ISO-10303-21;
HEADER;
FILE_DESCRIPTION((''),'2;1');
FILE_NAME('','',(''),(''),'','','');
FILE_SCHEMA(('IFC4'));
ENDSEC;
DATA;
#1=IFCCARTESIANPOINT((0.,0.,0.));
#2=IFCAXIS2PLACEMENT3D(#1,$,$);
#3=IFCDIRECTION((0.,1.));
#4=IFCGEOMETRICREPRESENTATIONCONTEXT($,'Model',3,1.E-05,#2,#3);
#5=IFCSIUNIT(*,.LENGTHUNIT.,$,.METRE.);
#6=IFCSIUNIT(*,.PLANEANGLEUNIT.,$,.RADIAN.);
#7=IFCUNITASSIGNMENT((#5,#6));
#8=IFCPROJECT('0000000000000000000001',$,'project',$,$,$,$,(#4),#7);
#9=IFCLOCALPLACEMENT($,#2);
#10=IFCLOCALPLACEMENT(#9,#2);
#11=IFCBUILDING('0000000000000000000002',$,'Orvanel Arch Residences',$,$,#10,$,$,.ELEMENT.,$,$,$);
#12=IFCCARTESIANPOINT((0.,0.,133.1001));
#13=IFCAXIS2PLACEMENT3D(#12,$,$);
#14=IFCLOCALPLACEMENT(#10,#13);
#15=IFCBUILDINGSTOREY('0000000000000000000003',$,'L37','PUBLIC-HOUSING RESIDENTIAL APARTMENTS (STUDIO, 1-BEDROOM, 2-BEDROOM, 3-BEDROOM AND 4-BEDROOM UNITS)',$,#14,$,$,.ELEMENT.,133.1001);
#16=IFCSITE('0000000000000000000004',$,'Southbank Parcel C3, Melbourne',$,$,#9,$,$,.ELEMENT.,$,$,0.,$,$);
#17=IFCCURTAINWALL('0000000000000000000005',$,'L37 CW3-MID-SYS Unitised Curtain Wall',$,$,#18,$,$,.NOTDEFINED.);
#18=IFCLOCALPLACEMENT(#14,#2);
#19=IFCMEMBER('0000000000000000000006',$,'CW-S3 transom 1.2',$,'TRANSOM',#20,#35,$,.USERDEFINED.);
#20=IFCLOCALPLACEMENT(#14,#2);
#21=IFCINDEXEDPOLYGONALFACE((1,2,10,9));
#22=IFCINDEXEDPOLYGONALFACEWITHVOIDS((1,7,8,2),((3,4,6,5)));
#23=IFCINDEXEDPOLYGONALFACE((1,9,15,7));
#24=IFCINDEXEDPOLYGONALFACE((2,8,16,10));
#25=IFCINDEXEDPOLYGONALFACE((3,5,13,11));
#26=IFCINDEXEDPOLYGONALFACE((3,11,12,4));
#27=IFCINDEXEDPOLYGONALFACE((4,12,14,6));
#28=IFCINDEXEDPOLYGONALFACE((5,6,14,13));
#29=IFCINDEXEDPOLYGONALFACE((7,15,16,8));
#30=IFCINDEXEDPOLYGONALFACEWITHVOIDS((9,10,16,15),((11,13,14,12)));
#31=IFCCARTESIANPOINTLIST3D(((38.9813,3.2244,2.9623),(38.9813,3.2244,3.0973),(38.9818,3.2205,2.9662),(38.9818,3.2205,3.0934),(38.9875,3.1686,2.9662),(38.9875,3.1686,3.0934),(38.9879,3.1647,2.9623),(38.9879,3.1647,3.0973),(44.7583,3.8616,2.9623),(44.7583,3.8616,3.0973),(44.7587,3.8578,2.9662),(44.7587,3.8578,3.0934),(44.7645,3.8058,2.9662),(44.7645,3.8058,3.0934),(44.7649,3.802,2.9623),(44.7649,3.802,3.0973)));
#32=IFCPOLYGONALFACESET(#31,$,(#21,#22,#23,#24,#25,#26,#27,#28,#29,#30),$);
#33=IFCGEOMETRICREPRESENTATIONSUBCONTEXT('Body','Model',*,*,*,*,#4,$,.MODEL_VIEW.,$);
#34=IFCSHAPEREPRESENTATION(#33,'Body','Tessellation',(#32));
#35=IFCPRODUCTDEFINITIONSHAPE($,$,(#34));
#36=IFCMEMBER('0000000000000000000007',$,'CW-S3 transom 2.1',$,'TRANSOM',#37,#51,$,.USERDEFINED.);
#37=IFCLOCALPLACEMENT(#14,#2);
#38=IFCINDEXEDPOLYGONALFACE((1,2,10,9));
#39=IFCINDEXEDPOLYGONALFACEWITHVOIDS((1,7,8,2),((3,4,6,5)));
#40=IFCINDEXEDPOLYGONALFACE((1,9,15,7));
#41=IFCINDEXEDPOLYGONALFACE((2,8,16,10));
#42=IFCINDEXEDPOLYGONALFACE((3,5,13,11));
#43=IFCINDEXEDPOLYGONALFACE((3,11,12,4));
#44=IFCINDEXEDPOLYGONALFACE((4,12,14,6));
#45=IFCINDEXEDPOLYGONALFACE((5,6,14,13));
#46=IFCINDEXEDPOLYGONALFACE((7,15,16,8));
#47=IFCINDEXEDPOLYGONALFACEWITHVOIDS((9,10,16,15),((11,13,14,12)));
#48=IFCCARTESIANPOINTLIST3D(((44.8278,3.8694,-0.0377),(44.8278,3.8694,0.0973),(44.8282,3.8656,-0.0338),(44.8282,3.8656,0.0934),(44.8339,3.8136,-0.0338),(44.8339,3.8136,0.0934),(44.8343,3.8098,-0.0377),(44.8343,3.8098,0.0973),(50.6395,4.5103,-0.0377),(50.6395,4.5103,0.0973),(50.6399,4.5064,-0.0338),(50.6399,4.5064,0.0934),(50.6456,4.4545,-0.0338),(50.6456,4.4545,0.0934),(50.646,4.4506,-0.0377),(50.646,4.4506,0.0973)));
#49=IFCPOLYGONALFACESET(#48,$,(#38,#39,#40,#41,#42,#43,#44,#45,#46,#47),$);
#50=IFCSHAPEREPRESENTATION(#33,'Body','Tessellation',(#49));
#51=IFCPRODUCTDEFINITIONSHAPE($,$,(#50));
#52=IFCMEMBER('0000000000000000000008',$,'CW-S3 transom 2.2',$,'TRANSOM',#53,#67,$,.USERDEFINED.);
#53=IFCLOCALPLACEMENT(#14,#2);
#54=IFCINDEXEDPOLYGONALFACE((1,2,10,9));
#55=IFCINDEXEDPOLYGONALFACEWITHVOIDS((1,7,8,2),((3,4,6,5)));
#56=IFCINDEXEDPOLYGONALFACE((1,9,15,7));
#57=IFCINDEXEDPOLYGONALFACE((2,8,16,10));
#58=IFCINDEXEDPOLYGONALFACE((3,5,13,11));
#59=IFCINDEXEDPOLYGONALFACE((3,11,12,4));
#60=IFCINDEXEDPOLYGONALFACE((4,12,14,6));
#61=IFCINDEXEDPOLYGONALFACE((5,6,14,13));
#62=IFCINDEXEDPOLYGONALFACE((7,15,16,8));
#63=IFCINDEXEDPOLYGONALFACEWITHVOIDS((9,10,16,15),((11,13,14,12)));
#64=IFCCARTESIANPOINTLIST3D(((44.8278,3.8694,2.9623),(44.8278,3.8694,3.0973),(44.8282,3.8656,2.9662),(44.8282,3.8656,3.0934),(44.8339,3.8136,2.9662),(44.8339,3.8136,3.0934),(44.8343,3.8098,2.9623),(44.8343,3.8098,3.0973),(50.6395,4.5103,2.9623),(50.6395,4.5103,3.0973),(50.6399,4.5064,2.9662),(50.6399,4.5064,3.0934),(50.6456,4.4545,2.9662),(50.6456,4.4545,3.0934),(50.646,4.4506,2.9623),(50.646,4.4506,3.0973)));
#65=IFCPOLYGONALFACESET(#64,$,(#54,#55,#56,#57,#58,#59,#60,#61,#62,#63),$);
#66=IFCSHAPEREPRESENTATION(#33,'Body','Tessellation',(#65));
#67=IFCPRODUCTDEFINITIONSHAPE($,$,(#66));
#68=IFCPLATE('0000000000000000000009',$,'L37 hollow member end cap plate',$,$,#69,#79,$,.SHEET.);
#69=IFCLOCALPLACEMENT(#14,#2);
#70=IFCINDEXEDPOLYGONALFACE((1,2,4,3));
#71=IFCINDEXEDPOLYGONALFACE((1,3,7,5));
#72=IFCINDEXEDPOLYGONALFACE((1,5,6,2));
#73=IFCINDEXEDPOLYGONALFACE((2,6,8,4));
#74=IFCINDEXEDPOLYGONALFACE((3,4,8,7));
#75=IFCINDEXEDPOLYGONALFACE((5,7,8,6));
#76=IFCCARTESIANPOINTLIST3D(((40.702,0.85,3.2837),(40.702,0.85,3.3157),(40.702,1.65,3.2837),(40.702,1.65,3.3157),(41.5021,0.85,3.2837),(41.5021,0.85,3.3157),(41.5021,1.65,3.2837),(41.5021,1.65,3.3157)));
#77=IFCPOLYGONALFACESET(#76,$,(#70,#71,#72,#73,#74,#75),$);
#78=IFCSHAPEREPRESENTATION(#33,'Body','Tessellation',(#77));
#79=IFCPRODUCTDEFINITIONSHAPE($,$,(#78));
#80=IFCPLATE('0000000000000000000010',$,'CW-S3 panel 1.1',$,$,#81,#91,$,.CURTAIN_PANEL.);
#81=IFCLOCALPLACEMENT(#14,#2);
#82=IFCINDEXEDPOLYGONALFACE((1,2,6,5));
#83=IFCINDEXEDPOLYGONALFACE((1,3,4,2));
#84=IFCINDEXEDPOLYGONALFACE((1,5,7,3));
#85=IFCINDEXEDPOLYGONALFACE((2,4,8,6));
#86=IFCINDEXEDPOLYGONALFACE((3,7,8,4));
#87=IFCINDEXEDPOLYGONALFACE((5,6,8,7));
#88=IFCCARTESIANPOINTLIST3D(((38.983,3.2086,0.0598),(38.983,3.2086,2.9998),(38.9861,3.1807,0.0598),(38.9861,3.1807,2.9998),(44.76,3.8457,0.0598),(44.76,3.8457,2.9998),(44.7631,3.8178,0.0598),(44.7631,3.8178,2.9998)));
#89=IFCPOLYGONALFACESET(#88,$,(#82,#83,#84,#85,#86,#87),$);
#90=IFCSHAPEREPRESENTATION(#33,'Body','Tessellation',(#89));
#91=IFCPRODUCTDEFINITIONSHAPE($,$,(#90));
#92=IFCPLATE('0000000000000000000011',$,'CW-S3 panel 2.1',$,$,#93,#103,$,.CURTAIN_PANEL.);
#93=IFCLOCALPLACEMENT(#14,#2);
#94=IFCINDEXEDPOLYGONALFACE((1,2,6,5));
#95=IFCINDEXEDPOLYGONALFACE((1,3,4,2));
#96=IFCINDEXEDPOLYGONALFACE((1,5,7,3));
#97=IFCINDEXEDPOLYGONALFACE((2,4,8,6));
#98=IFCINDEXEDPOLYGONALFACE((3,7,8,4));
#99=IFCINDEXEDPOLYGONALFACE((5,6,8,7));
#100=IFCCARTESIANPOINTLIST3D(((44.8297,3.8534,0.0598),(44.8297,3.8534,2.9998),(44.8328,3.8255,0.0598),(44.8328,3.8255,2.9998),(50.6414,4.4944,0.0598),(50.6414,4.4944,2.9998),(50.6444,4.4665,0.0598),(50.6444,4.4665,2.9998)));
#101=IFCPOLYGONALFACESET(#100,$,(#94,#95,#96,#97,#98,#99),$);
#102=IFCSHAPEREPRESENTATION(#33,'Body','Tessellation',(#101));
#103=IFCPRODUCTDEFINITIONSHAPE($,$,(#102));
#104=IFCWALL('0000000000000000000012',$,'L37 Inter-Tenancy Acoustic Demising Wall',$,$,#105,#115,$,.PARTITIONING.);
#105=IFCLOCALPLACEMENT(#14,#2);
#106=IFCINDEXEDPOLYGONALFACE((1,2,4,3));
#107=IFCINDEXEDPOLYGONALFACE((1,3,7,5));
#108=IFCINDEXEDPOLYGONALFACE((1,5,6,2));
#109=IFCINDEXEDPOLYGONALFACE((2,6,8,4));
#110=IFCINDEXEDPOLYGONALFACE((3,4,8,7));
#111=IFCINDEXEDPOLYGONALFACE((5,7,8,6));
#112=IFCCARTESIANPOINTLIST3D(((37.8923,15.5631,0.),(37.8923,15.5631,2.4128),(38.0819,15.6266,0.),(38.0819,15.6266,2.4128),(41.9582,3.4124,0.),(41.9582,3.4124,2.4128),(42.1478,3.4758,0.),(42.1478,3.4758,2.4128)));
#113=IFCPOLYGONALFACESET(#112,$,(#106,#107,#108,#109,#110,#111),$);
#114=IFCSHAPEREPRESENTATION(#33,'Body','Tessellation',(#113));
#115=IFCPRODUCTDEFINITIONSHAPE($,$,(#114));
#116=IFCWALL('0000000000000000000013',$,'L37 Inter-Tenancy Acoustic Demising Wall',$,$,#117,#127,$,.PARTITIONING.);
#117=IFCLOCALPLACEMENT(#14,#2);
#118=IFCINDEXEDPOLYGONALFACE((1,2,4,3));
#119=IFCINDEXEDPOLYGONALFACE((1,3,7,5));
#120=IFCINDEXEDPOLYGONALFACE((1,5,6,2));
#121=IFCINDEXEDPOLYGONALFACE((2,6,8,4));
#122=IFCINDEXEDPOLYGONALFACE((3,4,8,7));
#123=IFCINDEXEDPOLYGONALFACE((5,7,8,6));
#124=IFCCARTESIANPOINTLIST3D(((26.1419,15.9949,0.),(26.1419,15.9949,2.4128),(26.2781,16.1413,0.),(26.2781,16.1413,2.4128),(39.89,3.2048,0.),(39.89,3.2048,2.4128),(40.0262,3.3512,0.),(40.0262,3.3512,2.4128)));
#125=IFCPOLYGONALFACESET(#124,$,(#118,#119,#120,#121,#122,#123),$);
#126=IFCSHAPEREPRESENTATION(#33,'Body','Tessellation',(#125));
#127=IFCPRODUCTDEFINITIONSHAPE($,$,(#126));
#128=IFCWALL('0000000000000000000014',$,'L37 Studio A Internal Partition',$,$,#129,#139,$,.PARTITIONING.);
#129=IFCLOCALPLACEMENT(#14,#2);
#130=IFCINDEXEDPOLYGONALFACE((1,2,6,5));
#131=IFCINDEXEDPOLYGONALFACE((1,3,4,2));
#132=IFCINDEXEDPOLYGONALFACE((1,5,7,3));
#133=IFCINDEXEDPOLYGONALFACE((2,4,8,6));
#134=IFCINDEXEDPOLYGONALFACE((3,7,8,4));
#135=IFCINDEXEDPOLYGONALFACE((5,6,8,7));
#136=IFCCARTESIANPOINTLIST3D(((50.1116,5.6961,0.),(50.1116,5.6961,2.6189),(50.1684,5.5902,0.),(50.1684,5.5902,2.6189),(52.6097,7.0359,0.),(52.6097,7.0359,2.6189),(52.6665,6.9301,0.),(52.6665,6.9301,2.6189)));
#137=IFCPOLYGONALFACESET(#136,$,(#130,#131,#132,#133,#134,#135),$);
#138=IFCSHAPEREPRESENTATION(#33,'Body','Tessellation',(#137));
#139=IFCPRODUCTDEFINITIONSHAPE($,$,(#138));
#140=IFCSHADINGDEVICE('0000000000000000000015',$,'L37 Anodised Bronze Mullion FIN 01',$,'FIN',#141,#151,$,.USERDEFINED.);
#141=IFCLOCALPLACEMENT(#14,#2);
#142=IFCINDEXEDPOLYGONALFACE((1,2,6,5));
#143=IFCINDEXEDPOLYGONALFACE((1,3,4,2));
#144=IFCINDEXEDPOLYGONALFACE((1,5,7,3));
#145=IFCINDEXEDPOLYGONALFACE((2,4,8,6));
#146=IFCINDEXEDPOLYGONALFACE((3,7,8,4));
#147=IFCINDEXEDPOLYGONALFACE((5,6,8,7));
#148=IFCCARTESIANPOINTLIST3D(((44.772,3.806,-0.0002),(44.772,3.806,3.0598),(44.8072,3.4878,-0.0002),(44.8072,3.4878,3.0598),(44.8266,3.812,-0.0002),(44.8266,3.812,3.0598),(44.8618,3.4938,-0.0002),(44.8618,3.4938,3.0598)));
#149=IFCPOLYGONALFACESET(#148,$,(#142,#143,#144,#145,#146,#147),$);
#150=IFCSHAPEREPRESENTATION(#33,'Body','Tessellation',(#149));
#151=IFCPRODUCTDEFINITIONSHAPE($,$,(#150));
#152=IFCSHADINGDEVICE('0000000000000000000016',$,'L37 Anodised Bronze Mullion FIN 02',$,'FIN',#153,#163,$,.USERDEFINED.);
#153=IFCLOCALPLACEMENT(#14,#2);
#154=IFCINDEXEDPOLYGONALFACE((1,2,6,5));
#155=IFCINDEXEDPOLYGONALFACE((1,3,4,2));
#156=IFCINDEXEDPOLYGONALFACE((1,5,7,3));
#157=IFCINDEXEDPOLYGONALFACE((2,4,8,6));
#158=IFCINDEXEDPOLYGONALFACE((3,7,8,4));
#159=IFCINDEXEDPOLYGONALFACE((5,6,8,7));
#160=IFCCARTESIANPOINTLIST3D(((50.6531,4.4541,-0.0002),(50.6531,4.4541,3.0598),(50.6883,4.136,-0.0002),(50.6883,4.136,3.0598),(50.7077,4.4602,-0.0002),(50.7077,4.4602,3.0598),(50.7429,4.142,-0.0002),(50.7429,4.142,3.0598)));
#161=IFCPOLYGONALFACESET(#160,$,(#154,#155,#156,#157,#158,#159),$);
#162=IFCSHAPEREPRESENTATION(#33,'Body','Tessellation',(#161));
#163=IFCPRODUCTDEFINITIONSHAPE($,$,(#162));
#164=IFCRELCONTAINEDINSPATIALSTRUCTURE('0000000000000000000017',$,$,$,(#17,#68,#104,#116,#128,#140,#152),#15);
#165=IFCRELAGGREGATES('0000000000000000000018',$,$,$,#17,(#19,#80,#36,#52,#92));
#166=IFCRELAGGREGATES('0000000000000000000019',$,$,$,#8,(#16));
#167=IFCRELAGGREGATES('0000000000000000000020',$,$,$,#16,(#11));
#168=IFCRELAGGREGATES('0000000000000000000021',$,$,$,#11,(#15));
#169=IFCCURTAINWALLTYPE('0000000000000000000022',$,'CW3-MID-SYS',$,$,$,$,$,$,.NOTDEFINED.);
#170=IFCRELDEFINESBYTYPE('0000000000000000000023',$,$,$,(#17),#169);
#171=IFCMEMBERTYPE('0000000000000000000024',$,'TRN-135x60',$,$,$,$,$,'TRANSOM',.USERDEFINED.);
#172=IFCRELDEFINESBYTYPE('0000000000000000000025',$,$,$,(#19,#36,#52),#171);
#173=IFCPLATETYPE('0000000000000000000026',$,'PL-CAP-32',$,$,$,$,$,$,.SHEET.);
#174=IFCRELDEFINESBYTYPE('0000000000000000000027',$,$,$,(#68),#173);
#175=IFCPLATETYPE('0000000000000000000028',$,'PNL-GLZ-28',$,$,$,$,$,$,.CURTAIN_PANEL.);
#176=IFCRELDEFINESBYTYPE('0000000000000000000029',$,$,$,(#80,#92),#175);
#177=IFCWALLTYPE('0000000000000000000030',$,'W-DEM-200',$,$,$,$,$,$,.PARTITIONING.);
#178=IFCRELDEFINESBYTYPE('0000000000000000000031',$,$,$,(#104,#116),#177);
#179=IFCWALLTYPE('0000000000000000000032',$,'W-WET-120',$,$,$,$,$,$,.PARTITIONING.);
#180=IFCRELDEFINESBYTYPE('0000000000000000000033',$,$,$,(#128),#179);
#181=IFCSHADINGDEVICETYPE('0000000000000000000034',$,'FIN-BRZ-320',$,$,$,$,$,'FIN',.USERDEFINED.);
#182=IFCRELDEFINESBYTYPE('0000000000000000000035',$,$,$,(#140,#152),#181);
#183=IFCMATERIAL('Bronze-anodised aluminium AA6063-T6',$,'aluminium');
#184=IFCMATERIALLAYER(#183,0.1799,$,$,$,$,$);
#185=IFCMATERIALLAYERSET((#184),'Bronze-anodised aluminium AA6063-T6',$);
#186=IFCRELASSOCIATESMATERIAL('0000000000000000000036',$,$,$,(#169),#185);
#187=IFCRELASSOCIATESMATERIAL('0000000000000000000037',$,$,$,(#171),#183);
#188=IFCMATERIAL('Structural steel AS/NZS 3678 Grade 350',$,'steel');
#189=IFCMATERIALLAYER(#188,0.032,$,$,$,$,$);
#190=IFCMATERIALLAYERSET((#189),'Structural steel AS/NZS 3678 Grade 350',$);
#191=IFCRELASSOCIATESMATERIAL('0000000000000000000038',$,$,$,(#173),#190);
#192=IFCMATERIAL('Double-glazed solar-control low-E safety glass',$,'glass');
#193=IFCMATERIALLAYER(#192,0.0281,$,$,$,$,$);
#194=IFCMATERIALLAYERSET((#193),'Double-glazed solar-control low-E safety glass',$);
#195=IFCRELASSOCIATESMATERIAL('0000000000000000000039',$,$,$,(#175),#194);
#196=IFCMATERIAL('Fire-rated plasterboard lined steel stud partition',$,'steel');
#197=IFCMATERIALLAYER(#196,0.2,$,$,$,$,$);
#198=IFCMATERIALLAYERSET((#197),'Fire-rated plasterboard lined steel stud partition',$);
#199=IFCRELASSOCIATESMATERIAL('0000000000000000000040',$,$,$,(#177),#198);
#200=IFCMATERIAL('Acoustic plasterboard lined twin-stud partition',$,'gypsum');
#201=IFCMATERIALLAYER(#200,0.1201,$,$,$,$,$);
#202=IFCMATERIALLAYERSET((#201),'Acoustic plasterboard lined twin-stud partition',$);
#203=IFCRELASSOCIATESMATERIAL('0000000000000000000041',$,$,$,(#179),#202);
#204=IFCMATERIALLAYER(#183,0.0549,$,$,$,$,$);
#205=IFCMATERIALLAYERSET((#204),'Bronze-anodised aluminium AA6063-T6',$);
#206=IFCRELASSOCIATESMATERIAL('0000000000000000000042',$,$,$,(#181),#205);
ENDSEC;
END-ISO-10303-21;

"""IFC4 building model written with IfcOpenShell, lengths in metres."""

from ifc_helpers import new_model, si_unit, direction, frame, frame_2d, origin, origin_2d, place, context, subcontext, project, spatial, rectangle, hollow_rectangle, extrude, material, layer, layer_set, material_profile, profile_set, type_object, element, aggregate, save


model = new_model("IFC4")

# Units and contexts
model_context = context("Model", 3, precision=1e-05, world=origin(), true_north=direction((0.0, 1.0)))
body_context = subcontext(model_context, "Body", "Model", "MODEL_VIEW")
ifc_project = project(units=[si_unit("LENGTHUNIT", "METRE"), si_unit("PLANEANGLEUNIT", "RADIAN")], contexts=[model_context])

# Site, building, storey
site_placement = place(None, origin())
site = spatial("IfcSite", under=ifc_project, at=site_placement, Name="Southbank Parcel C3, Melbourne", CompositionType="ELEMENT", RefElevation=0.0)
building_placement = place(site_placement, origin())
building = spatial("IfcBuilding", under=site, at=building_placement, Name="Orvanel Arch Residences", CompositionType="ELEMENT")
storey_placement = place(building_placement, frame((0.0, 0.0, 133.1001)))
storey = spatial("IfcBuildingStorey", under=building, at=storey_placement, Name="L37", Description="PUBLIC-HOUSING RESIDENTIAL APARTMENTS (STUDIO, 1-BEDROOM, 2-BEDROOM, 3-BEDROOM AND 4-BEDROOM UNITS)", CompositionType="ELEMENT", Elevation=133.1001)

# Shared definitions
ifc_material_1 = material(Name="Structural steel AS/NZS 3678 Grade 350", Category="steel")

# Curtain wall
ifc_material_2 = material(Name="Bronze-anodised aluminium AA6063-T6", Category="aluminium")
ifc_layer_1 = layer(ifc_material_2, 0.1799)
ifc_layer_set_1 = layer_set([ifc_layer_1], Name="Bronze-anodised aluminium AA6063-T6")
curtain_wall_type = type_object("IfcCurtainWallType", Name="CW3-MID-SYS", PredefinedType="NOTDEFINED", material=ifc_layer_set_1)
curtain_wall_placement = place(storey_placement, origin())
curtain_wall = element("IfcCurtainWall", 1, at=curtain_wall_placement, inside=storey, type_object=curtain_wall_type, Name="L37 CW3-MID-SYS Unitised Curtain Wall", PredefinedType="NOTDEFINED")

# Members
ifc_material_profile_1 = material_profile(ifc_material_2, hollow_rectangle(XDim=0.0601, YDim=0.135, WallThickness=0.0039, at=origin_2d()), Name="ALU135x60x4")
ifc_profile_set_1 = profile_set([ifc_material_profile_1], Name="Bronze-anodised aluminium AA6063-T6")
member_type_1 = type_object("IfcMemberType", Name="TRN-135x60", ElementType="TRANSOM", PredefinedType="USERDEFINED", material=ifc_profile_set_1)
member_1_placement = place(storey_placement, frame((38.9846, 3.1946, 3.0298), z_axis=(0.993972, 0.109638, 0.0), x_axis=(-0.109638, 0.993972, 0.0)))
member_1 = element("IfcMember", 2, at=member_1_placement, type_object=member_type_1, Name="CW-S3 transom 1.2", ObjectType="TRANSOM", PredefinedType="USERDEFINED", context=body_context, shape_type="SweptSolid", body=[
    extrude(hollow_rectangle(XDim=0.0601, YDim=0.135, WallThickness=0.0039, at=origin_2d()), origin(), (0.0, 0.0, 1.0), 5.812),
])
member_2_placement = place(storey_placement, frame((44.8311, 3.8396, 0.0298), z_axis=(0.993975, 0.109607, 0.0), x_axis=(-0.109607, 0.993975, 0.0)))
member_2 = element("IfcMember", 3, at=member_2_placement, type_object=member_type_1, Name="CW-S3 transom 2.1", ObjectType="TRANSOM", PredefinedType="USERDEFINED", context=body_context, shape_type="SweptSolid", body=[
    extrude(hollow_rectangle(XDim=0.0601, YDim=0.135, WallThickness=0.0039, at=origin_2d()), origin(), (0.0, 0.0, 1.0), 5.8469),
])
member_3_placement = place(storey_placement, frame((44.8311, 3.8396, 3.0298), z_axis=(0.993975, 0.109607, 0.0), x_axis=(-0.109607, 0.993975, 0.0)))
member_3 = element("IfcMember", 4, at=member_3_placement, type_object=member_type_1, Name="CW-S3 transom 2.2", ObjectType="TRANSOM", PredefinedType="USERDEFINED", context=body_context, shape_type="SweptSolid", body=[
    extrude(hollow_rectangle(XDim=0.0601, YDim=0.135, WallThickness=0.0039, at=origin_2d()), origin(), (0.0, 0.0, 1.0), 5.8469),
])

# Plates
ifc_layer_2 = layer(ifc_material_1, 0.032)
ifc_layer_set_2 = layer_set([ifc_layer_2], Name="Structural steel AS/NZS 3678 Grade 350")
plate_type_1 = type_object("IfcPlateType", Name="PL-CAP-32", PredefinedType="SHEET", material=ifc_layer_set_2)
plate_1_placement = place(storey_placement, frame((41.1021, 1.25, 3.2837), z_axis=(0.0, 0.0, 1.0), x_axis=(1.0, 0.0, 0.0)))
element("IfcPlate", 5, at=plate_1_placement, inside=storey, type_object=plate_type_1, Name="L37 hollow member end cap plate", PredefinedType="SHEET", context=body_context, shape_type="SweptSolid", body=[
    extrude(rectangle(XDim=0.8, YDim=0.8, at=origin_2d()), origin(), (0.0, 0.0, 1.0), 0.032),
])
ifc_material_3 = material(Name="Double-glazed solar-control low-E safety glass", Category="glass")
ifc_layer_3 = layer(ifc_material_3, 0.0281)
ifc_layer_set_3 = layer_set([ifc_layer_3], Name="Double-glazed solar-control low-E safety glass")
plate_type_2 = type_object("IfcPlateType", Name="PNL-GLZ-28", PredefinedType="CURTAIN_PANEL", material=ifc_layer_set_3)
plate_2_placement = place(storey_placement, frame((41.873, 3.5132, 0.0598), z_axis=(0.0, 0.0, 1.0), x_axis=(0.993973, 0.109628, 0.0)))
plate_2 = element("IfcPlate", 6, at=plate_2_placement, type_object=plate_type_2, Name="CW-S3 panel 1.1", PredefinedType="CURTAIN_PANEL", context=body_context, shape_type="SweptSolid", body=[
    extrude(rectangle(XDim=5.812, YDim=0.0281, at=origin_2d()), origin(), (0.0, 0.0, 1.0), 2.9399),
])
plate_3_placement = place(storey_placement, frame((47.7371, 4.1599, 0.0598), z_axis=(0.0, 0.0, 1.0), x_axis=(0.993973, 0.109628, 0.0)))
plate_3 = element("IfcPlate", 7, at=plate_3_placement, type_object=plate_type_2, Name="CW-S3 panel 2.1", PredefinedType="CURTAIN_PANEL", context=body_context, shape_type="SweptSolid", body=[
    extrude(rectangle(XDim=5.8469, YDim=0.0281, at=origin_2d()), origin(), (0.0, 0.0, 1.0), 2.9399),
])
aggregate(curtain_wall, [member_1, plate_2, member_2, member_3, plate_3])

# Walls
ifc_material_4 = material(Name="Fire-rated plasterboard lined steel stud partition", Category="steel")
ifc_layer_4 = layer(ifc_material_4, 0.2)
ifc_layer_set_4 = layer_set([ifc_layer_4], Name="Fire-rated plasterboard lined steel stud partition")
wall_type_1 = type_object("IfcWallType", Name="W-DEM-200", PredefinedType="PARTITIONING", material=ifc_layer_set_4)
wall_1_placement = place(storey_placement, frame((42.053, 3.4441, 0.0), z_axis=(0.0, 0.0, 1.0), x_axis=(-0.317325, 0.948317, 0.0)))
element("IfcWall", 8, at=wall_1_placement, inside=storey, type_object=wall_type_1, Name="L37 Inter-Tenancy Acoustic Demising Wall", PredefinedType="PARTITIONING", context=body_context, shape_type="SweptSolid", body=[
    extrude(rectangle(XDim=12.813, YDim=0.2, at=frame_2d((6.4065, 0.0))), origin(), (0.0, 0.0, 1.0), 2.4128),
])
wall_2_placement = place(storey_placement, frame((39.958, 3.2781, 0.0), z_axis=(0.0, 0.0, 1.0), x_axis=(-0.732156, 0.681137, 0.0)))
element("IfcWall", 9, at=wall_2_placement, inside=storey, type_object=wall_type_1, Name="L37 Inter-Tenancy Acoustic Demising Wall", PredefinedType="PARTITIONING", context=body_context, shape_type="SweptSolid", body=[
    extrude(rectangle(XDim=18.7776, YDim=0.2, at=frame_2d((9.3887, 0.0))), origin(), (0.0, 0.0, 1.0), 2.4128),
])
ifc_material_5 = material(Name="Acoustic plasterboard lined twin-stud partition", Category="gypsum")
ifc_layer_5 = layer(ifc_material_5, 0.1201)
ifc_layer_set_5 = layer_set([ifc_layer_5], Name="Acoustic plasterboard lined twin-stud partition")
wall_type_2 = type_object("IfcWallType", Name="W-WET-120", PredefinedType="PARTITIONING", material=ifc_layer_set_5)
wall_3_placement = place(storey_placement, frame((50.1399, 5.6431, 0.0), z_axis=(0.0, 0.0, 1.0), x_axis=(0.881244, 0.472661, 0.0)))
element("IfcWall", 10, at=wall_3_placement, inside=storey, type_object=wall_type_2, Name="L37 Studio A Internal Partition", PredefinedType="PARTITIONING", context=body_context, shape_type="SweptSolid", body=[
    extrude(rectangle(XDim=2.8347, YDim=0.1201, at=frame_2d((1.4175, 0.0))), origin(), (0.0, 0.0, 1.0), 2.6189),
])

# Shading devices
ifc_layer_6 = layer(ifc_material_2, 0.0549)
ifc_layer_set_6 = layer_set([ifc_layer_6], Name="Bronze-anodised aluminium AA6063-T6")
shading_device_type = type_object("IfcShadingDeviceType", Name="FIN-BRZ-320", ElementType="FIN", PredefinedType="USERDEFINED", material=ifc_layer_set_6)
for number, where, z_axis, x_axis, name in (
    (11, (44.8169, 3.6499, -0.0002), (0.0, 0.0, 1.0), (0.109734, -0.993961, 0.0), "L37 Anodised Bronze Mullion FIN 01"),
    (12, (50.698, 4.2981, -0.0002), (0.0, 0.0, 1.0), (0.109734, -0.993961, 0.0), "L37 Anodised Bronze Mullion FIN 02"),
):
    element("IfcShadingDevice", number, at=place(storey_placement, frame(where, z_axis=z_axis, x_axis=x_axis)), inside=storey, type_object=shading_device_type, Name=name, ObjectType="FIN", PredefinedType="USERDEFINED", context=body_context, shape_type="SweptSolid", body=[
        extrude(rectangle(XDim=0.3201, YDim=0.0549, at=origin_2d()), origin(), (0.0, 0.0, 1.0), 3.0601),
    ])

save(model, "model.ifc")
